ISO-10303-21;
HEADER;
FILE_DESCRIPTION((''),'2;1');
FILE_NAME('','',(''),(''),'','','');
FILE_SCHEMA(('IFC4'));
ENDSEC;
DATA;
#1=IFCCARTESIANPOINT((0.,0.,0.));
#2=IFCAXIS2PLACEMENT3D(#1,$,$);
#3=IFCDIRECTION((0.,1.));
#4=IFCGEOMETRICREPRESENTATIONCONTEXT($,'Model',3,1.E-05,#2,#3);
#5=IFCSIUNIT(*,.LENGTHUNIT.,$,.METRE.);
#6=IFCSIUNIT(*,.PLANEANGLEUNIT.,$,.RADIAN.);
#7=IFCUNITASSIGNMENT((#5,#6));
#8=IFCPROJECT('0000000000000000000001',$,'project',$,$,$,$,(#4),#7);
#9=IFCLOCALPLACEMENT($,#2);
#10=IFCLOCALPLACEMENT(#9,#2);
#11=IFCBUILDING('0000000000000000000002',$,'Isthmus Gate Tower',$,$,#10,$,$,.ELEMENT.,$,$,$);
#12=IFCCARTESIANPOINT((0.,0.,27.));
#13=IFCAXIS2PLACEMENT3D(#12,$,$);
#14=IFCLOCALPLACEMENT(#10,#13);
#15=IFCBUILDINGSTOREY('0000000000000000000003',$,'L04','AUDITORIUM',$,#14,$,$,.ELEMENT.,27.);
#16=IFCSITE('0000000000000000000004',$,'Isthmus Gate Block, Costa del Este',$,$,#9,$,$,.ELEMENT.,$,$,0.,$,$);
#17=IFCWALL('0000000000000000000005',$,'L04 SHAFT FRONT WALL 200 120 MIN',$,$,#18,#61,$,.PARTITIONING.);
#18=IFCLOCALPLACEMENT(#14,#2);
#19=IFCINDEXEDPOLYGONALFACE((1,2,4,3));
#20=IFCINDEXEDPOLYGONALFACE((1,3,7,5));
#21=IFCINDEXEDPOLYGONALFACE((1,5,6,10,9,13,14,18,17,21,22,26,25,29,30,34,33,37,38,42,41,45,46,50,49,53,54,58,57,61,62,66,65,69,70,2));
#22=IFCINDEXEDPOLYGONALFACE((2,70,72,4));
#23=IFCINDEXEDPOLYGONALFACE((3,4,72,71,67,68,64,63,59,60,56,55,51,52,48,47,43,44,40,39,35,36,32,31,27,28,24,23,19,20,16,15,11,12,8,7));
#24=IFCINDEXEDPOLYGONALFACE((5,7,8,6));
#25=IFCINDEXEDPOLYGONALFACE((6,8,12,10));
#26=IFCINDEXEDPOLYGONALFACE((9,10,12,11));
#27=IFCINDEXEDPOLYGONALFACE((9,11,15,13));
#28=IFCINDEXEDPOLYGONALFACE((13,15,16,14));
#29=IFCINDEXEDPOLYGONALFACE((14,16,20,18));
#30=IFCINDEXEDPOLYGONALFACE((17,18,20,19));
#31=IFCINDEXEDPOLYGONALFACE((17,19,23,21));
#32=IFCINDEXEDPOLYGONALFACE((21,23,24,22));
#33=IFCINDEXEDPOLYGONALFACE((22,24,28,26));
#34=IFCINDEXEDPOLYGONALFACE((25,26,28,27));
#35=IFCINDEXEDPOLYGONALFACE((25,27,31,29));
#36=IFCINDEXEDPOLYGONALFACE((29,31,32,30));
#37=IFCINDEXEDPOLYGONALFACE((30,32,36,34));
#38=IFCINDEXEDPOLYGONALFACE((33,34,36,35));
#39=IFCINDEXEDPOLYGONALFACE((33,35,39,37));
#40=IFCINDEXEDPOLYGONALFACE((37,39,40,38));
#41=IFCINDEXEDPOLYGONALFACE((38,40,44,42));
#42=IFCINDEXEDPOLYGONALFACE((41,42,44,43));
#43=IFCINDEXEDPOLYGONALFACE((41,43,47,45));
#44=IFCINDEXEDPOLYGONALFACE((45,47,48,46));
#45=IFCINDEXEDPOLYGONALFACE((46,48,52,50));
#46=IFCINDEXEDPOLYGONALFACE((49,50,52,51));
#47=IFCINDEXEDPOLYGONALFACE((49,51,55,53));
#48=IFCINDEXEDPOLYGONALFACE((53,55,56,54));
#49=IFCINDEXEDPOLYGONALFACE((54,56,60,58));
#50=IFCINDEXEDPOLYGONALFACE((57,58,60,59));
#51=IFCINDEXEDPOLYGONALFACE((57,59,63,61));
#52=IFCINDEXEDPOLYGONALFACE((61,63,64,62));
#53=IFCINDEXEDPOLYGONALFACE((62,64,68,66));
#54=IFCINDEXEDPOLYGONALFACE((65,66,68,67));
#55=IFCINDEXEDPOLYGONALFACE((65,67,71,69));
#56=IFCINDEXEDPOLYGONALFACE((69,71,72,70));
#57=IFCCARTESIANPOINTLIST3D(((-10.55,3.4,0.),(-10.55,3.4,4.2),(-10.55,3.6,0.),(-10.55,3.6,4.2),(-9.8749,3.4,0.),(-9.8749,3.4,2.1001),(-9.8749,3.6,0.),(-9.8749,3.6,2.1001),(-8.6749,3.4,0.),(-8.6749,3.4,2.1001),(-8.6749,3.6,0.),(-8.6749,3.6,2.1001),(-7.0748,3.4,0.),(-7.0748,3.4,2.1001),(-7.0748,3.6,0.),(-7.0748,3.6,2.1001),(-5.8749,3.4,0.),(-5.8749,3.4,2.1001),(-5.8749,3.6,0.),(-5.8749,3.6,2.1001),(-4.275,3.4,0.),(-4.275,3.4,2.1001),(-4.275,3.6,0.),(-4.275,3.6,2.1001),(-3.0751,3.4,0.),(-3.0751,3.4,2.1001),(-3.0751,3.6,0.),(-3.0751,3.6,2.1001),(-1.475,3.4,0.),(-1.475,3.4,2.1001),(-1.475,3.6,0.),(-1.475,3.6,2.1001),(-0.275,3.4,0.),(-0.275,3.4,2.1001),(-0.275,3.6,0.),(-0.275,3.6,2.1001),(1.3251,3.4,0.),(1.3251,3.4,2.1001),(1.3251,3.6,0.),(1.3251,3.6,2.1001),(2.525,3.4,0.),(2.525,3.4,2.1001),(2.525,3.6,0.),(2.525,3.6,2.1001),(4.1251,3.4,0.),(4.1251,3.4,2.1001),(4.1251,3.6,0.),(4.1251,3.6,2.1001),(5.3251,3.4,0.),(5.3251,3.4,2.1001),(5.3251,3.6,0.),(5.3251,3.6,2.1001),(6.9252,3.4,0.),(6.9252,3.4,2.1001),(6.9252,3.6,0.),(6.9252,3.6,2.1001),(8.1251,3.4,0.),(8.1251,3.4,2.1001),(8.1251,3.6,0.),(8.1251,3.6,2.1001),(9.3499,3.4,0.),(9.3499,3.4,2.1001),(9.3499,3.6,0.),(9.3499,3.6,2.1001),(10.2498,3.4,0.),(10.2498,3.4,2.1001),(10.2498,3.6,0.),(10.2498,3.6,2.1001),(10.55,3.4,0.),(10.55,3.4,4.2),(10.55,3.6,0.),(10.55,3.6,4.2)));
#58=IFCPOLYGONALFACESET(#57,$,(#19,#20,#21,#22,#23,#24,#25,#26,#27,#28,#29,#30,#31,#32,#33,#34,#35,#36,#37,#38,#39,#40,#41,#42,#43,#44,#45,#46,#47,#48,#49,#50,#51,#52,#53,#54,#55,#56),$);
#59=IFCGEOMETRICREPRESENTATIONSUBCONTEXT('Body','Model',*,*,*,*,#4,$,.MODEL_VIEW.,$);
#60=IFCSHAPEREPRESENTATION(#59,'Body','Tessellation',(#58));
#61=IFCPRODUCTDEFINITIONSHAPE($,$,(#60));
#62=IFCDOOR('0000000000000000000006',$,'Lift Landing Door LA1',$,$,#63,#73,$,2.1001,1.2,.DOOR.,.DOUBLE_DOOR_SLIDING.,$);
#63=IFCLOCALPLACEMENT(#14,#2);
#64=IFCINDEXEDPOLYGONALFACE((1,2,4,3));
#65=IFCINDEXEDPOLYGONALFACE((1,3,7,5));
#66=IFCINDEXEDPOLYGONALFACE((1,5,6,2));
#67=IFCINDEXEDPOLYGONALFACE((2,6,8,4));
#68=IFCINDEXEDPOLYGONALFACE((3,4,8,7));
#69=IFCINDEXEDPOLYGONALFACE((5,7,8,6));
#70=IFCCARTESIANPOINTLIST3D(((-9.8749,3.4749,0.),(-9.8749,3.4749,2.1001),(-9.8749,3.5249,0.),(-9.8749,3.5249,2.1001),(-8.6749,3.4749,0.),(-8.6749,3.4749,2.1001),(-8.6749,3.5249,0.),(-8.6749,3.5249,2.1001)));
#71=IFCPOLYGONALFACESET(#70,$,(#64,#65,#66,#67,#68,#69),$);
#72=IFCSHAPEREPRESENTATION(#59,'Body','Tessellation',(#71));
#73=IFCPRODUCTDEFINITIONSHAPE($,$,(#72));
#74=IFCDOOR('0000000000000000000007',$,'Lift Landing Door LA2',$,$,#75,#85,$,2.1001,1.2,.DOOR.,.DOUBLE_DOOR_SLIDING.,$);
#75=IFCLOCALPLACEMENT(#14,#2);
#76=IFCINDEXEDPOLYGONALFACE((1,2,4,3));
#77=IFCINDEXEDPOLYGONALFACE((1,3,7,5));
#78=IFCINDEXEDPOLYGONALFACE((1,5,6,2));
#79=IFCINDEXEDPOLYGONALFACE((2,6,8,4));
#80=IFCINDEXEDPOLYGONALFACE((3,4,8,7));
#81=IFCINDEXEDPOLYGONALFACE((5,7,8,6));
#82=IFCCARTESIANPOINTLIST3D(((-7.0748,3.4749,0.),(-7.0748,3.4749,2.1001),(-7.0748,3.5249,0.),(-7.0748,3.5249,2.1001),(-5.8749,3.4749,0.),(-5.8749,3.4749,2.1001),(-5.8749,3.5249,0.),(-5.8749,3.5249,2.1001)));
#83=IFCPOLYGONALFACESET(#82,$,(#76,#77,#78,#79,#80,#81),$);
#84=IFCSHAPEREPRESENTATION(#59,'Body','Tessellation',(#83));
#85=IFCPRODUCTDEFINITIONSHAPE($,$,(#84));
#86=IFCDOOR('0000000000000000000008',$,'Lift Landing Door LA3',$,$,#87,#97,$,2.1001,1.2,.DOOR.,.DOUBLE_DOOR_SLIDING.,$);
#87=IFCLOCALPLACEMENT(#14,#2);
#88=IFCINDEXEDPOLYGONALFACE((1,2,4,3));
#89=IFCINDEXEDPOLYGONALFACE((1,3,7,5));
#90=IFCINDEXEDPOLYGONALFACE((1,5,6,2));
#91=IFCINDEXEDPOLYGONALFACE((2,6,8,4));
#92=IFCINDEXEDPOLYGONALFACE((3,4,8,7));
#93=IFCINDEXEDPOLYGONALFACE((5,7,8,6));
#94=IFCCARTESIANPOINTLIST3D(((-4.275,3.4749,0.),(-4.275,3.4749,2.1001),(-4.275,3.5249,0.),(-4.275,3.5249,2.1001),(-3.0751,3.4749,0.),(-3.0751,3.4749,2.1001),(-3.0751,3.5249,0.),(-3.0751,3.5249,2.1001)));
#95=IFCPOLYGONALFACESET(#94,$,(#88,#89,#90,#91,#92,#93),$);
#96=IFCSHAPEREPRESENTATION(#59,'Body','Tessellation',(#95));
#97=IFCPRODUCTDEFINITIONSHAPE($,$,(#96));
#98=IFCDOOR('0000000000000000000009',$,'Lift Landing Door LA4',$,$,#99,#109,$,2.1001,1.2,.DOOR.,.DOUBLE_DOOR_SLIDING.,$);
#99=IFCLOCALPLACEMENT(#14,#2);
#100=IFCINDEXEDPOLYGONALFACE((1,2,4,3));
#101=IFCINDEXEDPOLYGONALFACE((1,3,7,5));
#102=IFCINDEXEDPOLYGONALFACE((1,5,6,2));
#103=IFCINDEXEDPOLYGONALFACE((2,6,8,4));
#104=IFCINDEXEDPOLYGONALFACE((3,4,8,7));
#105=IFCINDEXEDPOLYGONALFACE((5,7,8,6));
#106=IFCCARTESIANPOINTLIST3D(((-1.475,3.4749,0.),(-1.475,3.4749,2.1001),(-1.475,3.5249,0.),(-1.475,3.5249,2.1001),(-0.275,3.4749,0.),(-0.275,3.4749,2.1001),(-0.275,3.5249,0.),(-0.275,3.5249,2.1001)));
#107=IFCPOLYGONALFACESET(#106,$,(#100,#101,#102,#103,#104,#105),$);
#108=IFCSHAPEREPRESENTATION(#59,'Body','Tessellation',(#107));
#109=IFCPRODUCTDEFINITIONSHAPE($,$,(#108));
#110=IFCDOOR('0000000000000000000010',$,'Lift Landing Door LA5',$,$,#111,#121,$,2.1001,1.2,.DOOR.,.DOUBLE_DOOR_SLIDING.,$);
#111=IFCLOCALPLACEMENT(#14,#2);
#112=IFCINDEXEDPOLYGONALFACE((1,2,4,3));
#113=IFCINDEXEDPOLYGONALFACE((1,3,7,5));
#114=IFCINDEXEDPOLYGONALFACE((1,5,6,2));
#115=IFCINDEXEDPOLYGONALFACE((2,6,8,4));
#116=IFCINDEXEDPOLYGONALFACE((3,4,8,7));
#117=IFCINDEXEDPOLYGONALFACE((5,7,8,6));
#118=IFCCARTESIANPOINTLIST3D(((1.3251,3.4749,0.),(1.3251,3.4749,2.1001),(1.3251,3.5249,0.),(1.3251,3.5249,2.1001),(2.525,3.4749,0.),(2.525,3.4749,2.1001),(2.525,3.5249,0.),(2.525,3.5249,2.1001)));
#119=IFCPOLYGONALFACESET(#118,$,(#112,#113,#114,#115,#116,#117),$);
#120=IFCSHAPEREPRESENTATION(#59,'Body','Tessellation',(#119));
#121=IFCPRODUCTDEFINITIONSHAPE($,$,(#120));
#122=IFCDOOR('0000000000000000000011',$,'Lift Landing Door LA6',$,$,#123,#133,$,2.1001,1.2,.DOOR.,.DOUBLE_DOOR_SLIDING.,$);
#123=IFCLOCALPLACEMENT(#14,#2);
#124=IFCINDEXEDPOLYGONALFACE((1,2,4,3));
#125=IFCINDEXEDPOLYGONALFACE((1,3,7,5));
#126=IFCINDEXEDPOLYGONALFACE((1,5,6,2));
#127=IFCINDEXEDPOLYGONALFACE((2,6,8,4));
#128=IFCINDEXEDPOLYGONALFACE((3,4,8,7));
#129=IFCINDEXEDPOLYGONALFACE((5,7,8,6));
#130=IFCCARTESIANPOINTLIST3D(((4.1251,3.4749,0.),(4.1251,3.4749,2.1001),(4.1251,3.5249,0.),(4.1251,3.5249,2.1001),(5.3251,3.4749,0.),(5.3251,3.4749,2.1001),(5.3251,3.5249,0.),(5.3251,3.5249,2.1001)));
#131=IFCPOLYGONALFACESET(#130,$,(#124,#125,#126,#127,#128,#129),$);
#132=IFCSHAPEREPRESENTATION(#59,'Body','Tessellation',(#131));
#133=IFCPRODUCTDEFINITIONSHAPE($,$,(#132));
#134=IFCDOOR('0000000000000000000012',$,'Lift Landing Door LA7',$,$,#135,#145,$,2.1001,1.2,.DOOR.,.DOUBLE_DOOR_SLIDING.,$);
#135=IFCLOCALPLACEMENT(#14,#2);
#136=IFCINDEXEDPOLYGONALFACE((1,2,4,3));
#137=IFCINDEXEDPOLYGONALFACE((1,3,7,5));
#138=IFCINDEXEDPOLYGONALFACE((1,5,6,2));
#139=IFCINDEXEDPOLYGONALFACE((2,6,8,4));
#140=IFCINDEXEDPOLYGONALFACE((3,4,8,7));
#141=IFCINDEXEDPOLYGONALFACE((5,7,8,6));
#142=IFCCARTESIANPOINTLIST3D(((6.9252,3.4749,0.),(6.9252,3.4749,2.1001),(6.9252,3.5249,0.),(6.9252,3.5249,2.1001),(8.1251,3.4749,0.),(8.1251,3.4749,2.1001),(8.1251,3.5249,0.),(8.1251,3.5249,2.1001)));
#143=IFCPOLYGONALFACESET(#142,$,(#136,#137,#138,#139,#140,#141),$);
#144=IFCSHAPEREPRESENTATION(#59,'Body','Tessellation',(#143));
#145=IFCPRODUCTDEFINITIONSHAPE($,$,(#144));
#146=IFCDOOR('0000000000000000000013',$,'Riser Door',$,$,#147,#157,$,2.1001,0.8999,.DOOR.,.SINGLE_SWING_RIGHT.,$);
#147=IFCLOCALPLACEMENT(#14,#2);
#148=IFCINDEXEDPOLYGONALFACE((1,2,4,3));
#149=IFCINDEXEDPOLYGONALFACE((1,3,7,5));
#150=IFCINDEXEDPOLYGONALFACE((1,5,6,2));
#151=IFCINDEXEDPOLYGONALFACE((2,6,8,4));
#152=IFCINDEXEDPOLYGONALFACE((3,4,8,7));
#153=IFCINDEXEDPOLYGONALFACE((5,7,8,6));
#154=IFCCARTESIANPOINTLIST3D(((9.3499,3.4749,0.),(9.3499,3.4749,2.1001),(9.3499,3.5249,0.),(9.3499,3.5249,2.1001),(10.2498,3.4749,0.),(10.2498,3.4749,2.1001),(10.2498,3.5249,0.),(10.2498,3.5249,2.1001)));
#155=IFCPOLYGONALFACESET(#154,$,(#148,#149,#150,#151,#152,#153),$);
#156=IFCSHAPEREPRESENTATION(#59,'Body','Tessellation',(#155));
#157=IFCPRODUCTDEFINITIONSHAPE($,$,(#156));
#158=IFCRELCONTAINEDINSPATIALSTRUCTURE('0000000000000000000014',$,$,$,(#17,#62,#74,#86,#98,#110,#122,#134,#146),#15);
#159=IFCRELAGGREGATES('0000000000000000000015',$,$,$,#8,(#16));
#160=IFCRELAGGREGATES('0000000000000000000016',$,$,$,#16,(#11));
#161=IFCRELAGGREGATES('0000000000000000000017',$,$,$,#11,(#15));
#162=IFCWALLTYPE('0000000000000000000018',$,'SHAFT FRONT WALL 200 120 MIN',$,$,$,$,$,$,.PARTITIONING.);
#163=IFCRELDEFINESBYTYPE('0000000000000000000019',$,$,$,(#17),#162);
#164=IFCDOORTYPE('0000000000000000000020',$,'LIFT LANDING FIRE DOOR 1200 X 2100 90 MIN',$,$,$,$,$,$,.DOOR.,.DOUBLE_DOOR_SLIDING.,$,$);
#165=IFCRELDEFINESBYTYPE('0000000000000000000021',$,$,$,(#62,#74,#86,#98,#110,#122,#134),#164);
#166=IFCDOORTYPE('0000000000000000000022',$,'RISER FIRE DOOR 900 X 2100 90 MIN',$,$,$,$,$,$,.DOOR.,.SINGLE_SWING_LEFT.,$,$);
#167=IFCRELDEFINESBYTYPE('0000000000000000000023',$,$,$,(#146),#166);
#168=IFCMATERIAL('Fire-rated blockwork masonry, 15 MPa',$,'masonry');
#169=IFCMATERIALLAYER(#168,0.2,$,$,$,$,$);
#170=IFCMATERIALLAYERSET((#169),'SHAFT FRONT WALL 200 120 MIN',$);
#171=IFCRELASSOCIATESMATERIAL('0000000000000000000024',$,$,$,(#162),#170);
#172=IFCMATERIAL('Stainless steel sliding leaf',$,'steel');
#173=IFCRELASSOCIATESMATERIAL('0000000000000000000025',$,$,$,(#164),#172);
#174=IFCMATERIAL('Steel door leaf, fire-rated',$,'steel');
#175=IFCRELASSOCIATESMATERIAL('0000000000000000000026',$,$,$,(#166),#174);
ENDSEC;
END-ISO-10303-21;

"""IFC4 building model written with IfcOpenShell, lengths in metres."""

from ifc_helpers import new_model, si_unit, direction, frame, frame_2d, origin, place, context, subcontext, project, spatial, rectangle, extrude, material, layer, layer_set, type_object, element, fill, save


model = new_model("IFC4")

# Units and contexts
model_context = context("Model", 3, precision=1e-05, world=origin(), true_north=direction((0.0, 1.0)))
body_context = subcontext(model_context, "Body", "Model", "MODEL_VIEW")
ifc_project = project(units=[si_unit("LENGTHUNIT", "METRE"), si_unit("PLANEANGLEUNIT", "RADIAN")], contexts=[model_context])

# Site, building, storey
site_placement = place(None, origin())
site = spatial("IfcSite", under=ifc_project, at=site_placement, Name="Isthmus Gate Block, Costa del Este", CompositionType="ELEMENT", RefElevation=0.0)
building_placement = place(site_placement, origin())
building = spatial("IfcBuilding", under=site, at=building_placement, Name="Isthmus Gate Tower", CompositionType="ELEMENT")
storey_placement = place(building_placement, frame((0.0, 0.0, 27.0)))
storey = spatial("IfcBuildingStorey", under=building, at=storey_placement, Name="L04", Description="AUDITORIUM", CompositionType="ELEMENT", Elevation=27.0)

# Wall, openings, doors
ifc_material_1 = material(Name="Fire-rated blockwork masonry, 15 MPa", Category="masonry")
ifc_layer_1 = layer(ifc_material_1, 0.2)
ifc_layer_set_1 = layer_set([ifc_layer_1], Name="SHAFT FRONT WALL 200 120 MIN")
wall_type_1 = type_object("IfcWallType", Name="SHAFT FRONT WALL 200 120 MIN", PredefinedType="PARTITIONING", material=ifc_layer_set_1)
wall_1_placement = place(storey_placement, frame((-10.55, 3.5, 0.0), z_axis=(0.0, 0.0, 1.0), x_axis=(1.0, 0.0, 0.0)))
wall_1 = element("IfcWall", 1, at=wall_1_placement, inside=storey, type_object=wall_type_1, Name="L04 SHAFT FRONT WALL 200 120 MIN", PredefinedType="PARTITIONING", context=body_context, shape_type="SweptSolid", body=[
    extrude(rectangle(XDim=21.1001, YDim=0.2, at=frame_2d((10.55, 0.0))), origin(), (0.0, 0.0, 1.0), 4.2),
])
opening_1_placement = place(wall_1_placement, frame((0.675, 0.0, 0.0)))
opening_1 = element("IfcOpeningElement", 2, at=opening_1_placement, cuts=wall_1, PredefinedType="OPENING", context=body_context, shape_type="SweptSolid", body=[
    extrude(rectangle(XDim=1.2, YDim=2.1001, at=frame_2d((0.6001, 1.05))), frame((0.0, 0.1099, 0.0), z_axis=(0.0, -1.0, 0.0), x_axis=(1.0, 0.0, 0.0)), (0.0, 0.0, 1.0), 0.22),
])
opening_2_placement = place(wall_1_placement, frame((3.4751, 0.0, 0.0)))
opening_2 = element("IfcOpeningElement", 3, at=opening_2_placement, cuts=wall_1, PredefinedType="OPENING", context=body_context, shape_type="SweptSolid", body=[
    extrude(rectangle(XDim=1.2, YDim=2.1001, at=frame_2d((0.6001, 1.05))), frame((0.0, 0.1099, 0.0), z_axis=(0.0, -1.0, 0.0), x_axis=(1.0, 0.0, 0.0)), (0.0, 0.0, 1.0), 0.22),
])
opening_3_placement = place(wall_1_placement, frame((6.2749, 0.0, 0.0)))
opening_3 = element("IfcOpeningElement", 4, at=opening_3_placement, cuts=wall_1, PredefinedType="OPENING", context=body_context, shape_type="SweptSolid", body=[
    extrude(rectangle(XDim=1.2, YDim=2.1001, at=frame_2d((0.6001, 1.05))), frame((0.0, 0.1099, 0.0), z_axis=(0.0, -1.0, 0.0), x_axis=(1.0, 0.0, 0.0)), (0.0, 0.0, 1.0), 0.22),
])
opening_4_placement = place(wall_1_placement, frame((9.075, 0.0, 0.0)))
opening_4 = element("IfcOpeningElement", 5, at=opening_4_placement, cuts=wall_1, PredefinedType="OPENING", context=body_context, shape_type="SweptSolid", body=[
    extrude(rectangle(XDim=1.2, YDim=2.1001, at=frame_2d((0.6001, 1.05))), frame((0.0, 0.1099, 0.0), z_axis=(0.0, -1.0, 0.0), x_axis=(1.0, 0.0, 0.0)), (0.0, 0.0, 1.0), 0.22),
])
opening_5_placement = place(wall_1_placement, frame((11.875, 0.0, 0.0)))
opening_5 = element("IfcOpeningElement", 6, at=opening_5_placement, cuts=wall_1, PredefinedType="OPENING", context=body_context, shape_type="SweptSolid", body=[
    extrude(rectangle(XDim=1.2, YDim=2.1001, at=frame_2d((0.6001, 1.05))), frame((0.0, 0.1099, 0.0), z_axis=(0.0, -1.0, 0.0), x_axis=(1.0, 0.0, 0.0)), (0.0, 0.0, 1.0), 0.22),
])
opening_6_placement = place(wall_1_placement, frame((14.675, 0.0, 0.0)))
opening_6 = element("IfcOpeningElement", 7, at=opening_6_placement, cuts=wall_1, PredefinedType="OPENING", context=body_context, shape_type="SweptSolid", body=[
    extrude(rectangle(XDim=1.2, YDim=2.1001, at=frame_2d((0.6001, 1.05))), frame((0.0, 0.1099, 0.0), z_axis=(0.0, -1.0, 0.0), x_axis=(1.0, 0.0, 0.0)), (0.0, 0.0, 1.0), 0.22),
])
opening_7_placement = place(wall_1_placement, frame((17.4751, 0.0, 0.0)))
opening_7 = element("IfcOpeningElement", 8, at=opening_7_placement, cuts=wall_1, PredefinedType="OPENING", context=body_context, shape_type="SweptSolid", body=[
    extrude(rectangle(XDim=1.2, YDim=2.1001, at=frame_2d((0.6001, 1.05))), frame((0.0, 0.1099, 0.0), z_axis=(0.0, -1.0, 0.0), x_axis=(1.0, 0.0, 0.0)), (0.0, 0.0, 1.0), 0.22),
])
opening_8_placement = place(wall_1_placement, frame((19.8999, 0.0, 0.0)))
opening_8 = element("IfcOpeningElement", 9, at=opening_8_placement, cuts=wall_1, PredefinedType="OPENING", context=body_context, shape_type="SweptSolid", body=[
    extrude(rectangle(XDim=0.8999, YDim=2.1001, at=frame_2d((0.45, 1.05))), frame((0.0, 0.1099, 0.0), z_axis=(0.0, -1.0, 0.0), x_axis=(1.0, 0.0, 0.0)), (0.0, 0.0, 1.0), 0.22),
])
ifc_material_2 = material(Name="Stainless steel sliding leaf", Category="steel")
door_type_1 = type_object("IfcDoorType", Name="LIFT LANDING FIRE DOOR 1200 X 2100 90 MIN", OperationType="DOUBLE_DOOR_SLIDING", PredefinedType="DOOR", material=ifc_material_2)
door_1_placement = place(opening_1_placement, origin())
door_1 = element("IfcDoor", 10, at=door_1_placement, inside=storey, type_object=door_type_1, Name="Lift Landing Door LA1", OperationType="DOUBLE_DOOR_SLIDING", OverallHeight=2.1001, OverallWidth=1.2, PredefinedType="DOOR", context=body_context, shape_type="SweptSolid", body=[
    extrude(rectangle(XDim=1.2, YDim=2.1001, at=frame_2d((0.6001, 1.05))), frame((0.0, 0.0249, 0.0), z_axis=(0.0, -1.0, 0.0), x_axis=(1.0, 0.0, 0.0)), (0.0, 0.0, 1.0), 0.05),
])
fill(opening_1, door_1)
door_2_placement = place(opening_2_placement, origin())
door_2 = element("IfcDoor", 11, at=door_2_placement, inside=storey, type_object=door_type_1, Name="Lift Landing Door LA2", OperationType="DOUBLE_DOOR_SLIDING", OverallHeight=2.1001, OverallWidth=1.2, PredefinedType="DOOR", context=body_context, shape_type="SweptSolid", body=[
    extrude(rectangle(XDim=1.2, YDim=2.1001, at=frame_2d((0.6001, 1.05))), frame((0.0, 0.0249, 0.0), z_axis=(0.0, -1.0, 0.0), x_axis=(1.0, 0.0, 0.0)), (0.0, 0.0, 1.0), 0.05),
])
fill(opening_2, door_2)
door_3_placement = place(opening_3_placement, origin())
door_3 = element("IfcDoor", 12, at=door_3_placement, inside=storey, type_object=door_type_1, Name="Lift Landing Door LA3", OperationType="DOUBLE_DOOR_SLIDING", OverallHeight=2.1001, OverallWidth=1.2, PredefinedType="DOOR", context=body_context, shape_type="SweptSolid", body=[
    extrude(rectangle(XDim=1.2, YDim=2.1001, at=frame_2d((0.6001, 1.05))), frame((0.0, 0.0249, 0.0), z_axis=(0.0, -1.0, 0.0), x_axis=(1.0, 0.0, 0.0)), (0.0, 0.0, 1.0), 0.05),
])
fill(opening_3, door_3)
door_4_placement = place(opening_4_placement, origin())
door_4 = element("IfcDoor", 13, at=door_4_placement, inside=storey, type_object=door_type_1, Name="Lift Landing Door LA4", OperationType="DOUBLE_DOOR_SLIDING", OverallHeight=2.1001, OverallWidth=1.2, PredefinedType="DOOR", context=body_context, shape_type="SweptSolid", body=[
    extrude(rectangle(XDim=1.2, YDim=2.1001, at=frame_2d((0.6001, 1.05))), frame((0.0, 0.0249, 0.0), z_axis=(0.0, -1.0, 0.0), x_axis=(1.0, 0.0, 0.0)), (0.0, 0.0, 1.0), 0.05),
])
fill(opening_4, door_4)
door_5_placement = place(opening_5_placement, origin())
door_5 = element("IfcDoor", 14, at=door_5_placement, inside=storey, type_object=door_type_1, Name="Lift Landing Door LA5", OperationType="DOUBLE_DOOR_SLIDING", OverallHeight=2.1001, OverallWidth=1.2, PredefinedType="DOOR", context=body_context, shape_type="SweptSolid", body=[
    extrude(rectangle(XDim=1.2, YDim=2.1001, at=frame_2d((0.6001, 1.05))), frame((0.0, 0.0249, 0.0), z_axis=(0.0, -1.0, 0.0), x_axis=(1.0, 0.0, 0.0)), (0.0, 0.0, 1.0), 0.05),
])
fill(opening_5, door_5)
door_6_placement = place(opening_6_placement, origin())
door_6 = element("IfcDoor", 15, at=door_6_placement, inside=storey, type_object=door_type_1, Name="Lift Landing Door LA6", OperationType="DOUBLE_DOOR_SLIDING", OverallHeight=2.1001, OverallWidth=1.2, PredefinedType="DOOR", context=body_context, shape_type="SweptSolid", body=[
    extrude(rectangle(XDim=1.2, YDim=2.1001, at=frame_2d((0.6001, 1.05))), frame((0.0, 0.0249, 0.0), z_axis=(0.0, -1.0, 0.0), x_axis=(1.0, 0.0, 0.0)), (0.0, 0.0, 1.0), 0.05),
])
fill(opening_6, door_6)
door_7_placement = place(opening_7_placement, origin())
door_7 = element("IfcDoor", 16, at=door_7_placement, inside=storey, type_object=door_type_1, Name="Lift Landing Door LA7", OperationType="DOUBLE_DOOR_SLIDING", OverallHeight=2.1001, OverallWidth=1.2, PredefinedType="DOOR", context=body_context, shape_type="SweptSolid", body=[
    extrude(rectangle(XDim=1.2, YDim=2.1001, at=frame_2d((0.6001, 1.05))), frame((0.0, 0.0249, 0.0), z_axis=(0.0, -1.0, 0.0), x_axis=(1.0, 0.0, 0.0)), (0.0, 0.0, 1.0), 0.05),
])
fill(opening_7, door_7)
ifc_material_3 = material(Name="Steel door leaf, fire-rated", Category="steel")
door_type_2 = type_object("IfcDoorType", Name="RISER FIRE DOOR 900 X 2100 90 MIN", OperationType="SINGLE_SWING_LEFT", PredefinedType="DOOR", material=ifc_material_3)
door_8_placement = place(opening_8_placement, origin())
door_8 = element("IfcDoor", 17, at=door_8_placement, inside=storey, type_object=door_type_2, Name="Riser Door", OperationType="SINGLE_SWING_RIGHT", OverallHeight=2.1001, OverallWidth=0.8999, PredefinedType="DOOR", context=body_context, shape_type="SweptSolid", body=[
    extrude(rectangle(XDim=0.8999, YDim=2.1001, at=frame_2d((0.45, 1.05))), frame((0.0, 0.0249, 0.0), z_axis=(0.0, -1.0, 0.0), x_axis=(1.0, 0.0, 0.0)), (0.0, 0.0, 1.0), 0.05),
])
fill(opening_8, door_8)

save(model, "model.ifc")
